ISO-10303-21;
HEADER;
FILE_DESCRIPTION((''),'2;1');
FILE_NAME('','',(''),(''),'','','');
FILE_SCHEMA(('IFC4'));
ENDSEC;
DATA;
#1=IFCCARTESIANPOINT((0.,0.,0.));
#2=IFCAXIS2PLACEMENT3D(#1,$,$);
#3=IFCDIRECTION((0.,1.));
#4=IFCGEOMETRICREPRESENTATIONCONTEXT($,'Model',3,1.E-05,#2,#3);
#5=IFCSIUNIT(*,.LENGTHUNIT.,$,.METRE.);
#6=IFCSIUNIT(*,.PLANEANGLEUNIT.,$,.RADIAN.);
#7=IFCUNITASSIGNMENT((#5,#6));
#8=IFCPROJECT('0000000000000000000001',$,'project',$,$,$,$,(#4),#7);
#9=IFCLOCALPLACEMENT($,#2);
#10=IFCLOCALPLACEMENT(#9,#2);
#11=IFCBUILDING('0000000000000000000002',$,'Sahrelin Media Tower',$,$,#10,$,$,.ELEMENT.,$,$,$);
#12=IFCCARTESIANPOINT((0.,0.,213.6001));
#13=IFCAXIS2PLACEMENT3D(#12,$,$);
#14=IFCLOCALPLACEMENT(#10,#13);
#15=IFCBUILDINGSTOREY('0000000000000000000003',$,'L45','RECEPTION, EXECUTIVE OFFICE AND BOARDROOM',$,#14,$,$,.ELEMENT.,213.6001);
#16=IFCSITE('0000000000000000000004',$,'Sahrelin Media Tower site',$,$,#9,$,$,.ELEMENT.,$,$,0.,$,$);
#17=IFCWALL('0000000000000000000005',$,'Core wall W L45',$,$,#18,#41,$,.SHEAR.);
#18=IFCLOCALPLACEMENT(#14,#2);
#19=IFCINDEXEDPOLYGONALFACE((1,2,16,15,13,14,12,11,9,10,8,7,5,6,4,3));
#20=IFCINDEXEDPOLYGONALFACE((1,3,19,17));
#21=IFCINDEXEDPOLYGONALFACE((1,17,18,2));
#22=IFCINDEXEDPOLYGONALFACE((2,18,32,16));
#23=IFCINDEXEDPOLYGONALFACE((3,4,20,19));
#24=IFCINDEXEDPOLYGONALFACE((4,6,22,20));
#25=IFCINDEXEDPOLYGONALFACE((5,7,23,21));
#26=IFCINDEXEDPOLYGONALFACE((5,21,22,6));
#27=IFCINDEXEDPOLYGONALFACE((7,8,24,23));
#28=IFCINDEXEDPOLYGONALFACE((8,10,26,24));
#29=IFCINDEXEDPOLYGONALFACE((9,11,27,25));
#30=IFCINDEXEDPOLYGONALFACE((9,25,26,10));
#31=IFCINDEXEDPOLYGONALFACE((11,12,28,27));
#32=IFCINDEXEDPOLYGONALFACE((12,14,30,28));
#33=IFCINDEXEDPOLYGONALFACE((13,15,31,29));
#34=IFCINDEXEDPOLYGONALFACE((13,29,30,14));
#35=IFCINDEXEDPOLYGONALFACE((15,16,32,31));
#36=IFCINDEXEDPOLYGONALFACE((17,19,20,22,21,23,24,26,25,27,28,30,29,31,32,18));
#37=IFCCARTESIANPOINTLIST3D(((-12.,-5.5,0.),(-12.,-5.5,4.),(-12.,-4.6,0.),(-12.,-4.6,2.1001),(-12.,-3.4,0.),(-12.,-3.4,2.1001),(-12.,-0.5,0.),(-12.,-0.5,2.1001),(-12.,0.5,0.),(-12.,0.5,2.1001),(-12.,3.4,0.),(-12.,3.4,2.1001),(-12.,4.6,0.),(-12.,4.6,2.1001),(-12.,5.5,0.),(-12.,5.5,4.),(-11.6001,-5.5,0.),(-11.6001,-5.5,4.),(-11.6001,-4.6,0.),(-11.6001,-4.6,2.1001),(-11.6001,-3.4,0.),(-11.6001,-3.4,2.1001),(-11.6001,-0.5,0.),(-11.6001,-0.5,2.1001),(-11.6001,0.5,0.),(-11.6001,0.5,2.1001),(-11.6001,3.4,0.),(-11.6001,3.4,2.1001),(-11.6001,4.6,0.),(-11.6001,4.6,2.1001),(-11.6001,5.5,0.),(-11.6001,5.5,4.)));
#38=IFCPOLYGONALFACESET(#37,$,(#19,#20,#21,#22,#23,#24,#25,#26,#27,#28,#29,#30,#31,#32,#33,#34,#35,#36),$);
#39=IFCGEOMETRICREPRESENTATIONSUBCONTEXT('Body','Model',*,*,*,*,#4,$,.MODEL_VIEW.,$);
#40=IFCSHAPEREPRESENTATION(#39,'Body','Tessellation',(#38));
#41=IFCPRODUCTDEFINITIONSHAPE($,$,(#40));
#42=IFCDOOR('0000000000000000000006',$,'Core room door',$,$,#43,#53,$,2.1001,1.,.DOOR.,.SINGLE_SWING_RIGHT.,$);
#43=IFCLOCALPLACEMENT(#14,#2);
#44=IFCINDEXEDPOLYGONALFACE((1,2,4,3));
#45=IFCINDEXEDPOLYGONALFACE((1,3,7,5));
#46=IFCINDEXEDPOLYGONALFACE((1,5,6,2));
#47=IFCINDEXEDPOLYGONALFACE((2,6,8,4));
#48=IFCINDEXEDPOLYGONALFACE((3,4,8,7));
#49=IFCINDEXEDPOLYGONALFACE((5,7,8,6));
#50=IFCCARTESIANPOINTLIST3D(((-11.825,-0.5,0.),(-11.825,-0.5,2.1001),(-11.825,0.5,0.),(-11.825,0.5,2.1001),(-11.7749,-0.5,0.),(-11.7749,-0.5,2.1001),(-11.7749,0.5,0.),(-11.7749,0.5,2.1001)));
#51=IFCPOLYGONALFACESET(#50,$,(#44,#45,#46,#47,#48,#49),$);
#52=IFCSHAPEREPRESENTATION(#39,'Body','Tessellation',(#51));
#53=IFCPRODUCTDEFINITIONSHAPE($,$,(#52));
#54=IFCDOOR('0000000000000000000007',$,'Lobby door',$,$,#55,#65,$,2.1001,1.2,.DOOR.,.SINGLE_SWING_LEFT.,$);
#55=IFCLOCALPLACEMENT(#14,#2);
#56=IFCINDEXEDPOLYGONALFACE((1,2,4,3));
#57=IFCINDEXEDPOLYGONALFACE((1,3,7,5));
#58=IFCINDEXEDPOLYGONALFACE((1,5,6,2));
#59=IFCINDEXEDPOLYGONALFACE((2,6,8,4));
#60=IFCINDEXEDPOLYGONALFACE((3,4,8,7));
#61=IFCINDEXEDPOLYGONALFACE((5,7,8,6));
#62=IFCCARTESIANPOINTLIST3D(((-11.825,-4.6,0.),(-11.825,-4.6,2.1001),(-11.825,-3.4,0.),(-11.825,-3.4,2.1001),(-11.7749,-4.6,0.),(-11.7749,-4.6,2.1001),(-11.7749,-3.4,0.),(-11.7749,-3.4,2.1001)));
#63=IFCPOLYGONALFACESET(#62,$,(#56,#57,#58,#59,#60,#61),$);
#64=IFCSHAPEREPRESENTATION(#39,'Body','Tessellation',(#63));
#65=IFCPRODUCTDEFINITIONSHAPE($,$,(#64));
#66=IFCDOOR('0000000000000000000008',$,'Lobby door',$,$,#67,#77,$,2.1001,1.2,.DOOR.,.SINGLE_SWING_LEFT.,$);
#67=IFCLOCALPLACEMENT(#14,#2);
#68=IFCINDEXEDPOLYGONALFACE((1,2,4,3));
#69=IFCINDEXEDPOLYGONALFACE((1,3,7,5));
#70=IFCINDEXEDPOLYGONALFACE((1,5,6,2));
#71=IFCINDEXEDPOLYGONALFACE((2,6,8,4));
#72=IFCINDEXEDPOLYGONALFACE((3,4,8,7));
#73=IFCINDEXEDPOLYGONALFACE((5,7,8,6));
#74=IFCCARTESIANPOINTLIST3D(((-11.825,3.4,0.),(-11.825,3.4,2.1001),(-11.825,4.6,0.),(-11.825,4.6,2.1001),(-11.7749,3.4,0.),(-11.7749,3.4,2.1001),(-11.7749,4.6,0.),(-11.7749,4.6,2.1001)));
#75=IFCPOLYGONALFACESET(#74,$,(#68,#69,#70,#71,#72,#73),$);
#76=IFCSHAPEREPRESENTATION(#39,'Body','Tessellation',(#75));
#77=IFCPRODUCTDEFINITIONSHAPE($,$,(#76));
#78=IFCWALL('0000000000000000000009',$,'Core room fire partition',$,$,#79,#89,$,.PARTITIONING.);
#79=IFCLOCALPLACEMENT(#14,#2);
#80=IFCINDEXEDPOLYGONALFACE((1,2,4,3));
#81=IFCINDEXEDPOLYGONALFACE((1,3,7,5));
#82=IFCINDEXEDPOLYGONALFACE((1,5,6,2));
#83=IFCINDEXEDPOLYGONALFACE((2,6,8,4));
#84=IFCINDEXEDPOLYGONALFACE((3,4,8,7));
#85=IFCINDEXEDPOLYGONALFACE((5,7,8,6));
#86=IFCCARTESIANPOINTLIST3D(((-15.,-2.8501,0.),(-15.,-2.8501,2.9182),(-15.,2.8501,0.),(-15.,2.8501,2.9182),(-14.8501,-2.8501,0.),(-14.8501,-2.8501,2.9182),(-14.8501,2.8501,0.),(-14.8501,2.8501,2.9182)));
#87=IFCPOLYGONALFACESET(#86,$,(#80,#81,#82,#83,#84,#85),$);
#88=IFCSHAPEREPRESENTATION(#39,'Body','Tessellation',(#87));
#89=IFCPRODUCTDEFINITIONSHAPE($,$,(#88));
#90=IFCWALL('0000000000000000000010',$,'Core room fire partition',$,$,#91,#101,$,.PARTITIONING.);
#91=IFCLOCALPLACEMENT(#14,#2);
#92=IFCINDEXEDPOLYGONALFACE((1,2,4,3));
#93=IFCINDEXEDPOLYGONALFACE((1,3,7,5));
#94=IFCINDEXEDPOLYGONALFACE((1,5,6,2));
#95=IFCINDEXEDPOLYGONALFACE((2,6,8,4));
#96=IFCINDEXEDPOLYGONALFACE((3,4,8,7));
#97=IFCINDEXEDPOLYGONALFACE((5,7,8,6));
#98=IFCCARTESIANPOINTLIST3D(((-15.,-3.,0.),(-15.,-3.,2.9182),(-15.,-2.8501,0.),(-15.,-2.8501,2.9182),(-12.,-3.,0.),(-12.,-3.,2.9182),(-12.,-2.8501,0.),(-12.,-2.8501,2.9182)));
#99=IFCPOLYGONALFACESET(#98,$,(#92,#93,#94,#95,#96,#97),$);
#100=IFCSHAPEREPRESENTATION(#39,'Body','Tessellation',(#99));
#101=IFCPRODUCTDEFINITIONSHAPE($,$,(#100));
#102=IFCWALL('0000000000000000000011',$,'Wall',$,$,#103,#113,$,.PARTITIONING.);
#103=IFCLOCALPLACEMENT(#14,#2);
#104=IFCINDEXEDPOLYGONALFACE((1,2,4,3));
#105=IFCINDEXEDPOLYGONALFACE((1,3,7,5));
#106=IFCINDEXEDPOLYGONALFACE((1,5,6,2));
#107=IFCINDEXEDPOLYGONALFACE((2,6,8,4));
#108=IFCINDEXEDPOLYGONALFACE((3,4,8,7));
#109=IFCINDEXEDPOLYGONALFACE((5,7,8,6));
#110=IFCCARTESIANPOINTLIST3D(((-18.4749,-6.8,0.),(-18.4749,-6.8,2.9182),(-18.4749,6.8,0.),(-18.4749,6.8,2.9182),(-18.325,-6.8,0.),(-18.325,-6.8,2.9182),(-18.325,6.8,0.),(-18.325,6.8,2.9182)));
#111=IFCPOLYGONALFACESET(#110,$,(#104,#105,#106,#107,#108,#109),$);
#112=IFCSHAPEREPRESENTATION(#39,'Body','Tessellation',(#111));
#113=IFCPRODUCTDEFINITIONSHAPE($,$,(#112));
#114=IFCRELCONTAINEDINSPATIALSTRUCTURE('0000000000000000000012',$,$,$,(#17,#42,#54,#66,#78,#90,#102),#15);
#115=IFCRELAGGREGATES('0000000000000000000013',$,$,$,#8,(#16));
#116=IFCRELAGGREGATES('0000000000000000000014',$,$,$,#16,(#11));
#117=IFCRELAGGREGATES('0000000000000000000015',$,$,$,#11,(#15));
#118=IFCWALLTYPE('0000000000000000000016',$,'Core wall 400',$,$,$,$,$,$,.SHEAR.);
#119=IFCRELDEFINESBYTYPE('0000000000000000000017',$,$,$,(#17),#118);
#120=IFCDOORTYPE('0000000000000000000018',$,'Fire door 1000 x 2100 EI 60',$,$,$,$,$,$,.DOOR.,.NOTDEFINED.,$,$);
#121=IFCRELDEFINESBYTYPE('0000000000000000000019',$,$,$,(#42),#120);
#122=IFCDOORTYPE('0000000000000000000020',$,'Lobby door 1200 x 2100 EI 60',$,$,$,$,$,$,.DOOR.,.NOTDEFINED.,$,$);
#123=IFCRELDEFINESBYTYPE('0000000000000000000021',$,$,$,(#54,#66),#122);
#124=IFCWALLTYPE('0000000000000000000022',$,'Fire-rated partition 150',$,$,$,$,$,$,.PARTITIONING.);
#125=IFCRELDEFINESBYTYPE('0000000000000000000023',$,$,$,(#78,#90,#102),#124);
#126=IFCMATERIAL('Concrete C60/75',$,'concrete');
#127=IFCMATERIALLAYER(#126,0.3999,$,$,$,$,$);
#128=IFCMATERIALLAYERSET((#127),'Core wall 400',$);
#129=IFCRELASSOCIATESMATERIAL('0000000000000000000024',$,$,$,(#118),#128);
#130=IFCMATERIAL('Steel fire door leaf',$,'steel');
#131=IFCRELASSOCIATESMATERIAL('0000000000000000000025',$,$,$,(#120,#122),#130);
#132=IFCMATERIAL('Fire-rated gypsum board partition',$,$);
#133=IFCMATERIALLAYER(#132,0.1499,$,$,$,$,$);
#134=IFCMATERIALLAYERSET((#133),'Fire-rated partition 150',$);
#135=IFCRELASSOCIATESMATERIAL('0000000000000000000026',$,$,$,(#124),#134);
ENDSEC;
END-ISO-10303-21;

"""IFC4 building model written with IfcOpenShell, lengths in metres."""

from ifc_helpers import new_model, si_unit, direction, frame, frame_2d, origin, place, context, subcontext, project, spatial, rectangle, extrude, material, layer, layer_set, type_object, element, fill, save


model = new_model("IFC4")

# Units and contexts
model_context = context("Model", 3, precision=1e-05, world=origin(), true_north=direction((0.0, 1.0)))
body_context = subcontext(model_context, "Body", "Model", "MODEL_VIEW")
ifc_project = project(units=[si_unit("LENGTHUNIT", "METRE"), si_unit("PLANEANGLEUNIT", "RADIAN")], contexts=[model_context])

# Site, building, storey
site_placement = place(None, origin())
site = spatial("IfcSite", under=ifc_project, at=site_placement, Name="Sahrelin Media Tower site", CompositionType="ELEMENT", RefElevation=0.0)
building_placement = place(site_placement, origin())
building = spatial("IfcBuilding", under=site, at=building_placement, Name="Sahrelin Media Tower", CompositionType="ELEMENT")
storey_placement = place(building_placement, frame((0.0, 0.0, 213.6001)))
storey = spatial("IfcBuildingStorey", under=building, at=storey_placement, Name="L45", Description="RECEPTION, EXECUTIVE OFFICE AND BOARDROOM", CompositionType="ELEMENT", Elevation=213.6001)

# Wall, openings, doors
ifc_material_1 = material(Name="Concrete C60/75", Category="concrete")
ifc_layer_1 = layer(ifc_material_1, 0.3999)
ifc_layer_set_1 = layer_set([ifc_layer_1], Name="Core wall 400")
wall_type_1 = type_object("IfcWallType", Name="Core wall 400", PredefinedType="SHEAR", material=ifc_layer_set_1)
wall_1_placement = place(storey_placement, frame((-11.8, -5.5, 0.0), z_axis=(0.0, 0.0, 1.0), x_axis=(0.0, 1.0, 0.0)))
wall_1 = element("IfcWall", 1, at=wall_1_placement, inside=storey, type_object=wall_type_1, Name="Core wall W L45", PredefinedType="SHEAR", context=body_context, shape_type="SweptSolid", body=[
    extrude(rectangle(XDim=11.0, YDim=0.3999, at=frame_2d((5.5, 0.0))), origin(), (0.0, 0.0, 1.0), 4.0),
])
opening_1_placement = place(wall_1_placement, frame((5.0, 0.0, 0.0)))
opening_1 = element("IfcOpeningElement", 2, at=opening_1_placement, cuts=wall_1, PredefinedType="OPENING", context=body_context, shape_type="SweptSolid", body=[
    extrude(rectangle(XDim=1.0, YDim=2.1001, at=frame_2d((0.5, 1.05))), frame((0.0, 0.2, 0.0), z_axis=(0.0, -1.0, 0.0), x_axis=(1.0, 0.0, 0.0)), (0.0, 0.0, 1.0), 0.3999),
])
opening_2_placement = place(wall_1_placement, frame((0.8999, 0.0, 0.0)))
opening_2 = element("IfcOpeningElement", 3, at=opening_2_placement, cuts=wall_1, PredefinedType="OPENING", context=body_context, shape_type="SweptSolid", body=[
    extrude(rectangle(XDim=1.2, YDim=2.1001, at=frame_2d((0.6001, 1.05))), frame((0.0, 0.2, 0.0), z_axis=(0.0, -1.0, 0.0), x_axis=(1.0, 0.0, 0.0)), (0.0, 0.0, 1.0), 0.3999),
])
opening_3_placement = place(wall_1_placement, frame((8.8999, 0.0, 0.0)))
opening_3 = element("IfcOpeningElement", 4, at=opening_3_placement, cuts=wall_1, PredefinedType="OPENING", context=body_context, shape_type="SweptSolid", body=[
    extrude(rectangle(XDim=1.2, YDim=2.1001, at=frame_2d((0.6001, 1.05))), frame((0.0, 0.2, 0.0), z_axis=(0.0, -1.0, 0.0), x_axis=(1.0, 0.0, 0.0)), (0.0, 0.0, 1.0), 0.3999),
])
ifc_material_2 = material(Name="Steel fire door leaf", Category="steel")
door_type_1 = type_object("IfcDoorType", Name="Fire door 1000 x 2100 EI 60", OperationType="NOTDEFINED", PredefinedType="DOOR", material=ifc_material_2)
door_1_placement = place(opening_1_placement, origin())
door_1 = element("IfcDoor", 5, at=door_1_placement, inside=storey, type_object=door_type_1, Name="Core room door", OperationType="SINGLE_SWING_RIGHT", OverallHeight=2.1001, OverallWidth=1.0, PredefinedType="DOOR", context=body_context, shape_type="SweptSolid", body=[
    extrude(rectangle(XDim=1.0, YDim=2.1001, at=frame_2d((0.5, 1.05))), frame((0.0, 0.0249, 0.0), z_axis=(0.0, -1.0, 0.0), x_axis=(1.0, 0.0, 0.0)), (0.0, 0.0, 1.0), 0.05),
])
fill(opening_1, door_1)
door_type_2 = type_object("IfcDoorType", Name="Lobby door 1200 x 2100 EI 60", OperationType="NOTDEFINED", PredefinedType="DOOR", material=ifc_material_2)
door_2_placement = place(opening_2_placement, origin())
door_2 = element("IfcDoor", 6, at=door_2_placement, inside=storey, type_object=door_type_2, Name="Lobby door", OperationType="SINGLE_SWING_LEFT", OverallHeight=2.1001, OverallWidth=1.2, PredefinedType="DOOR", context=body_context, shape_type="SweptSolid", body=[
    extrude(rectangle(XDim=1.2, YDim=2.1001, at=frame_2d((0.6001, 1.05))), frame((0.0, 0.0249, 0.0), z_axis=(0.0, -1.0, 0.0), x_axis=(1.0, 0.0, 0.0)), (0.0, 0.0, 1.0), 0.05),
])
fill(opening_2, door_2)
door_3_placement = place(opening_3_placement, origin())
door_3 = element("IfcDoor", 7, at=door_3_placement, inside=storey, type_object=door_type_2, Name="Lobby door", OperationType="SINGLE_SWING_LEFT", OverallHeight=2.1001, OverallWidth=1.2, PredefinedType="DOOR", context=body_context, shape_type="SweptSolid", body=[
    extrude(rectangle(XDim=1.2, YDim=2.1001, at=frame_2d((0.6001, 1.05))), frame((0.0, 0.0249, 0.0), z_axis=(0.0, -1.0, 0.0), x_axis=(1.0, 0.0, 0.0)), (0.0, 0.0, 1.0), 0.05),
])
fill(opening_3, door_3)

# Walls
ifc_material_3 = material(Name="Fire-rated gypsum board partition")
ifc_layer_2 = layer(ifc_material_3, 0.1499)
ifc_layer_set_2 = layer_set([ifc_layer_2], Name="Fire-rated partition 150")
wall_type_2 = type_object("IfcWallType", Name="Fire-rated partition 150", PredefinedType="PARTITIONING", material=ifc_layer_set_2)
wall_2_placement = place(storey_placement, frame((-14.925, -2.8501, 0.0), z_axis=(0.0, 0.0, 1.0), x_axis=(0.0, 1.0, 0.0)))
element("IfcWall", 8, at=wall_2_placement, inside=storey, type_object=wall_type_2, Name="Core room fire partition", PredefinedType="PARTITIONING", context=body_context, shape_type="SweptSolid", body=[
    extrude(rectangle(XDim=5.7002, YDim=0.1499, at=frame_2d((2.8501, 0.0))), origin(), (0.0, 0.0, 1.0), 2.9182),
])
wall_3_placement = place(storey_placement, frame((-15.0, -2.925, 0.0), z_axis=(0.0, 0.0, 1.0), x_axis=(1.0, 0.0, 0.0)))
element("IfcWall", 9, at=wall_3_placement, inside=storey, type_object=wall_type_2, Name="Core room fire partition", PredefinedType="PARTITIONING", context=body_context, shape_type="SweptSolid", body=[
    extrude(rectangle(XDim=3.0, YDim=0.1499, at=frame_2d((1.5, 0.0))), origin(), (0.0, 0.0, 1.0), 2.9182),
])
wall_4_placement = place(storey_placement, frame((-18.3999, -6.8, 0.0), z_axis=(0.0, 0.0, 1.0), x_axis=(0.0, 1.0, 0.0)))
element("IfcWall", 10, at=wall_4_placement, inside=storey, type_object=wall_type_2, Name="Wall", PredefinedType="PARTITIONING", context=body_context, shape_type="SweptSolid", body=[
    extrude(rectangle(XDim=13.6001, YDim=0.1499, at=frame_2d((6.8, 0.0))), origin(), (0.0, 0.0, 1.0), 2.9182),
])

save(model, "model.ifc")
